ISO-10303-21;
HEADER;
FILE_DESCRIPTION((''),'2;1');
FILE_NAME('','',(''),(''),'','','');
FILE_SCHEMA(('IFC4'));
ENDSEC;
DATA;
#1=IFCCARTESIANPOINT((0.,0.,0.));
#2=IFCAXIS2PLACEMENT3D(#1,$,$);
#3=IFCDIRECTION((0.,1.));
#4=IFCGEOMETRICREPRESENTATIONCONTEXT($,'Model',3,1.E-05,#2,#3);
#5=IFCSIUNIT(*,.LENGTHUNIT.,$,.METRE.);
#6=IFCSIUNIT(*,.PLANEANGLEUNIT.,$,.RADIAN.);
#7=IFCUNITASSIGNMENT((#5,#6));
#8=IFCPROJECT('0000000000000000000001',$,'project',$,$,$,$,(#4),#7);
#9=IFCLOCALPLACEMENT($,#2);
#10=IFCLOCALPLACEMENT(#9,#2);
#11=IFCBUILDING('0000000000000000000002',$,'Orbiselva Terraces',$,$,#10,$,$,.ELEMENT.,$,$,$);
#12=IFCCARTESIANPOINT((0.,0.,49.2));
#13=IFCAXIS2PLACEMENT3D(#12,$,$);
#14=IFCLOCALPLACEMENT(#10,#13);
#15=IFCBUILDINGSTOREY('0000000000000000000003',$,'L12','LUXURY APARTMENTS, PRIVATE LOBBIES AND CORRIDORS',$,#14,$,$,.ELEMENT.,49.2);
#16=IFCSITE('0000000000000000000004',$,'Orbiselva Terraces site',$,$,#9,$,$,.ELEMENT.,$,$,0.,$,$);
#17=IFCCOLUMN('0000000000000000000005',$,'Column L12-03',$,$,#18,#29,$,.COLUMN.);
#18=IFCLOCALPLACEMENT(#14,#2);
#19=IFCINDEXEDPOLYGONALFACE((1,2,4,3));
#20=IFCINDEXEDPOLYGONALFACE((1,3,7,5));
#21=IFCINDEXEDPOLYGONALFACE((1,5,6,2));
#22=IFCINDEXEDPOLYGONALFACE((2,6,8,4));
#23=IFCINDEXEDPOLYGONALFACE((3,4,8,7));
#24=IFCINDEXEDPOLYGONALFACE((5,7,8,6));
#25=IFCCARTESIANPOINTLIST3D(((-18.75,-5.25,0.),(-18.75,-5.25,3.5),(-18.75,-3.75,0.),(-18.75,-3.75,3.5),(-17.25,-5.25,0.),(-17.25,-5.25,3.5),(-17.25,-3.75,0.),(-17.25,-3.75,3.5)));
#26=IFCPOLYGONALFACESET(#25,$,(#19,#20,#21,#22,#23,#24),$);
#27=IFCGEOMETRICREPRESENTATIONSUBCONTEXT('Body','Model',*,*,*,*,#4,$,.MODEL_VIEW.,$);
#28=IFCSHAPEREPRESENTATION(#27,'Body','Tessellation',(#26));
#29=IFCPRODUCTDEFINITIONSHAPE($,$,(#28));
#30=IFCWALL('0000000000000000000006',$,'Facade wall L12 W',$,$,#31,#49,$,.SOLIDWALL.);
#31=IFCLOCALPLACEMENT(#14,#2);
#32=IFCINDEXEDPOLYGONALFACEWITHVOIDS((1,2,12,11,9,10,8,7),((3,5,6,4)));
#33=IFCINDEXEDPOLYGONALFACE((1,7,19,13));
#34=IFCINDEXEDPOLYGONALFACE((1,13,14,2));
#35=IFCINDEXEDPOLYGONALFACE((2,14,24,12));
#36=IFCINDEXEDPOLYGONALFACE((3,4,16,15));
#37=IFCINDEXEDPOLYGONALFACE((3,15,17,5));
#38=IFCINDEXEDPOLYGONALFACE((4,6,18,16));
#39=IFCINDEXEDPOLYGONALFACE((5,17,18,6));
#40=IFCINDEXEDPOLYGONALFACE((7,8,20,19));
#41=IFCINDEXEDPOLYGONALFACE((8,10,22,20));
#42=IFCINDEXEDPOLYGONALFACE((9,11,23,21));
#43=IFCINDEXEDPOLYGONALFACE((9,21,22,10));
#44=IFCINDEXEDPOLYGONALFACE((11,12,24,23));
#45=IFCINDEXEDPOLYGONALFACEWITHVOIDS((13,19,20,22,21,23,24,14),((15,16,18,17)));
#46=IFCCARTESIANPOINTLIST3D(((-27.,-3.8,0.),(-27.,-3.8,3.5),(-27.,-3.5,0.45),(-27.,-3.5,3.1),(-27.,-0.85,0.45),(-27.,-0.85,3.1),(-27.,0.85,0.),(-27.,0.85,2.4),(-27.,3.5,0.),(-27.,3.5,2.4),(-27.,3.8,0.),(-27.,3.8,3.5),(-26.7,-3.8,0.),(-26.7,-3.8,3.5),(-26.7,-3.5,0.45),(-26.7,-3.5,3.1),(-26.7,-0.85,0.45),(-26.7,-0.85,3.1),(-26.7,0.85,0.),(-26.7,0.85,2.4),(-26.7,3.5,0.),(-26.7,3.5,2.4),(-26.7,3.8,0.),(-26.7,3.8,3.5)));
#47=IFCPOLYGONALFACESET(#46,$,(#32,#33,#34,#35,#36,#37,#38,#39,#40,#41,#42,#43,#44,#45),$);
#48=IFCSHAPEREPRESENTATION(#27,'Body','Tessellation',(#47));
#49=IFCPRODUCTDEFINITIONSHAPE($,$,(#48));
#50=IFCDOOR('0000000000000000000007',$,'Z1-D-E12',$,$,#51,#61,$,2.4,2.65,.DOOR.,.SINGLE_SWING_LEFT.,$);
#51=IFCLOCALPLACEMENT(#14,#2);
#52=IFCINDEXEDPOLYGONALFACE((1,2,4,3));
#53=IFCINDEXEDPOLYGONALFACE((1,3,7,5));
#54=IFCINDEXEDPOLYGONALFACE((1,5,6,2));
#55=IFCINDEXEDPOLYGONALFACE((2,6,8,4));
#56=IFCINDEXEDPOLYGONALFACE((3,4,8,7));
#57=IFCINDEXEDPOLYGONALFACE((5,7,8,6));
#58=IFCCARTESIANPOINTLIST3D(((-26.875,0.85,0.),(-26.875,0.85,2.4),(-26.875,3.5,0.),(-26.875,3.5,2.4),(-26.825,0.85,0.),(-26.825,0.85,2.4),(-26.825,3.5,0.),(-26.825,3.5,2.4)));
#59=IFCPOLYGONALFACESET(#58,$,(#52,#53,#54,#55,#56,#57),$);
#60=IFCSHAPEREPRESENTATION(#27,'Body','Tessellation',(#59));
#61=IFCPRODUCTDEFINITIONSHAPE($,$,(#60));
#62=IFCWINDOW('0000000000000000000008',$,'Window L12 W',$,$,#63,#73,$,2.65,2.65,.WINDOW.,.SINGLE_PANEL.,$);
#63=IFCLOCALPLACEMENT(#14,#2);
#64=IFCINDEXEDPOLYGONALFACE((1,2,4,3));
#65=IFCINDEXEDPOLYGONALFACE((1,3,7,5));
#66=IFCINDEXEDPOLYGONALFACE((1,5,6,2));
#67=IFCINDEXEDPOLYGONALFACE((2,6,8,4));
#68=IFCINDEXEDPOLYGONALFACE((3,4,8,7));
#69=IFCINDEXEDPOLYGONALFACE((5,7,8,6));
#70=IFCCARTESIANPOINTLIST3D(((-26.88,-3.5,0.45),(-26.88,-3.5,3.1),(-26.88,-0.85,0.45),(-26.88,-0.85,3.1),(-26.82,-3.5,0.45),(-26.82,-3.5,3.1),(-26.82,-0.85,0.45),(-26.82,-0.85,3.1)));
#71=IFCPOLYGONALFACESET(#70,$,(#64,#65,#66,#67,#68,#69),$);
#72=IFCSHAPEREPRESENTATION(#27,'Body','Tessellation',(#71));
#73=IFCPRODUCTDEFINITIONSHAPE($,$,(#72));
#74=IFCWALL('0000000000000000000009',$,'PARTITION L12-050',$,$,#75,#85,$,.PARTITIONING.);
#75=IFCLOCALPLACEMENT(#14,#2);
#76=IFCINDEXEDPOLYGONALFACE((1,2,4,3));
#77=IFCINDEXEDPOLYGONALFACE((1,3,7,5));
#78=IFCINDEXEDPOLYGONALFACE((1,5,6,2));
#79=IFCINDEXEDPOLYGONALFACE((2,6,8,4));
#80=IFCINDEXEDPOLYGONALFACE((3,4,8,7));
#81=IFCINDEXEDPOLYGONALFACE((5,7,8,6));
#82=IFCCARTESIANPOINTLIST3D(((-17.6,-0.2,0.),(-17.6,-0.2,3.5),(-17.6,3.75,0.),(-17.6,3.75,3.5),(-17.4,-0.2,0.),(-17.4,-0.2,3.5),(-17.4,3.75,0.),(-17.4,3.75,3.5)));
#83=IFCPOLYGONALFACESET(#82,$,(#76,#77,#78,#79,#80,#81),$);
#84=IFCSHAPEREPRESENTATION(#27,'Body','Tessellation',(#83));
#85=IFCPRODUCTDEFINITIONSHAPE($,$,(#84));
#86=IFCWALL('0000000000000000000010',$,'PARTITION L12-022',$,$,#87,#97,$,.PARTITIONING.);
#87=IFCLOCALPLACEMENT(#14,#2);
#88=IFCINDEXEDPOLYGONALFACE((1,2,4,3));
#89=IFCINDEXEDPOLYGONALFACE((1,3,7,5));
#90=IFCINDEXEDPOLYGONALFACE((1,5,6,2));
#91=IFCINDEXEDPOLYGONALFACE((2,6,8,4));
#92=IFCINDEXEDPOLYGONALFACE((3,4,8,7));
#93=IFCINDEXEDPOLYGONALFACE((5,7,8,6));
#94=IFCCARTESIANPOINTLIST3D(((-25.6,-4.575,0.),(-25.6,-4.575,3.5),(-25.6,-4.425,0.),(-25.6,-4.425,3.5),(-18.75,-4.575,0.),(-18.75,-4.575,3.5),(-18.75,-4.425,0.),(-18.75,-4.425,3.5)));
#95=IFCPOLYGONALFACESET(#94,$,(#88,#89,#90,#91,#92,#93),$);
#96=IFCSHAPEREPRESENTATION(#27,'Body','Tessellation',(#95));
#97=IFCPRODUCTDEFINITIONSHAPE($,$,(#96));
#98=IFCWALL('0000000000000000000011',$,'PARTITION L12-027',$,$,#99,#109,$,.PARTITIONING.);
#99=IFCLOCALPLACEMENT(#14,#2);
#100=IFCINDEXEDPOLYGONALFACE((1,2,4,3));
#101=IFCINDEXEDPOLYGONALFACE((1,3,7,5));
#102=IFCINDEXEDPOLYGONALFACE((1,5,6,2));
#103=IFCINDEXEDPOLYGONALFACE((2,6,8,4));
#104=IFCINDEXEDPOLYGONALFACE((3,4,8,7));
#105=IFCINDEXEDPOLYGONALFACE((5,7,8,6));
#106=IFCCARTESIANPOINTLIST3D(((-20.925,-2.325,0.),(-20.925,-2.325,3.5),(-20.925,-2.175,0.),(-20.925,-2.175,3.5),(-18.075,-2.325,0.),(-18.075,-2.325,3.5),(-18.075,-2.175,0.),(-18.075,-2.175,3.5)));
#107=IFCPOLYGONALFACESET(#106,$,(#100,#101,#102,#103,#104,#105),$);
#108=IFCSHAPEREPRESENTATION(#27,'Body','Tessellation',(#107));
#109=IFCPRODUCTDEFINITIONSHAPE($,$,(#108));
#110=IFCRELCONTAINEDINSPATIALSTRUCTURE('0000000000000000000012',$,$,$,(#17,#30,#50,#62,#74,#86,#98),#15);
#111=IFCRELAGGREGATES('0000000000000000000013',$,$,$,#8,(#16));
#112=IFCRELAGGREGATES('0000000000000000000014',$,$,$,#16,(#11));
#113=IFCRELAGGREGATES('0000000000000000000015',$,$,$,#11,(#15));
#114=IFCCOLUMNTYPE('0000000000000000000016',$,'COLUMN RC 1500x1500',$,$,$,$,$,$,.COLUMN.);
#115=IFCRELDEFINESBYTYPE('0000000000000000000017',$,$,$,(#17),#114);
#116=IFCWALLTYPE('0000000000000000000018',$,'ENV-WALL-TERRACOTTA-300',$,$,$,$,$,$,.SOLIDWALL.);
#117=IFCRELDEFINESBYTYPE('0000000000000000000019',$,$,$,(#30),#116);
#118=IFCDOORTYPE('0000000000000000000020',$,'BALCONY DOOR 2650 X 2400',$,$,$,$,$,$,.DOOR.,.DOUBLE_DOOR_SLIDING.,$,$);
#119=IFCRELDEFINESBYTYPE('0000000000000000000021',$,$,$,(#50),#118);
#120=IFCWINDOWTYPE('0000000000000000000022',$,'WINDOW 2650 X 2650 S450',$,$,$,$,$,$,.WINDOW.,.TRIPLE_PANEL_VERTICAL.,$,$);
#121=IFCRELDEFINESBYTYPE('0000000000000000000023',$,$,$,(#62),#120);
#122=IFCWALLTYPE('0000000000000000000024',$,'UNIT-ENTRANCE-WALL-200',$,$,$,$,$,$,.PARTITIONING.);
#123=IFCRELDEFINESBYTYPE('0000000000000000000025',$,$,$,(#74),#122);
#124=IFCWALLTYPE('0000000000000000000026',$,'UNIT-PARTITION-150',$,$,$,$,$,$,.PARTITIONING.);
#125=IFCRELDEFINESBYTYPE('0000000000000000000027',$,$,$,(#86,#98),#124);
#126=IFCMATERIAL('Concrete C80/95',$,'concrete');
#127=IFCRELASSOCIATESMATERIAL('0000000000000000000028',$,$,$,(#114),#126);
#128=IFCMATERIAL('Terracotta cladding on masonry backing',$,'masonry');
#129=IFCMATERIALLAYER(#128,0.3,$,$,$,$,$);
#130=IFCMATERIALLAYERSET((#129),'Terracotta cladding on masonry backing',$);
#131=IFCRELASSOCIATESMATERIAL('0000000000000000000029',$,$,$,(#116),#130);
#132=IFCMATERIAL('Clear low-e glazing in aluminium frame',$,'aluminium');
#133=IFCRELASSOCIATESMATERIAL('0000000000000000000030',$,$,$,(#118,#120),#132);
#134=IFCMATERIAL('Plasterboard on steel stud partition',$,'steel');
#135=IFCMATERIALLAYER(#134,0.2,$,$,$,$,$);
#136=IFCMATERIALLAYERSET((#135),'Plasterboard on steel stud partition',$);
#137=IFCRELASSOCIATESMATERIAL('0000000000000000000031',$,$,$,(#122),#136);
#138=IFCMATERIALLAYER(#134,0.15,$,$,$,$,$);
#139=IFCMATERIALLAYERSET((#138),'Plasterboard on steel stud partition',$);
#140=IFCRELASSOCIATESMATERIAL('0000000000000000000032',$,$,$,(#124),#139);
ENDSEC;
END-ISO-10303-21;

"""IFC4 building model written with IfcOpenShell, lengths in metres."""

from ifc_helpers import new_model, si_unit, direction, frame, frame_2d, origin, origin_2d, place, context, subcontext, project, spatial, rectangle, extrude, material, layer, layer_set, material_profile, profile_set, type_object, element, fill, save


model = new_model("IFC4")

# Units and contexts
model_context = context("Model", 3, precision=1e-05, world=origin(), true_north=direction((0.0, 1.0)))
body_context = subcontext(model_context, "Body", "Model", "MODEL_VIEW")
ifc_project = project(units=[si_unit("LENGTHUNIT", "METRE"), si_unit("PLANEANGLEUNIT", "RADIAN")], contexts=[model_context])

# Site, building, storey
site_placement = place(None, origin())
site = spatial("IfcSite", under=ifc_project, at=site_placement, Name="Orbiselva Terraces site", CompositionType="ELEMENT", RefElevation=0.0)
building_placement = place(site_placement, origin())
building = spatial("IfcBuilding", under=site, at=building_placement, Name="Orbiselva Terraces", CompositionType="ELEMENT")
storey_placement = place(building_placement, frame((0.0, 0.0, 49.2)))
storey = spatial("IfcBuildingStorey", under=building, at=storey_placement, Name="L12", Description="LUXURY APARTMENTS, PRIVATE LOBBIES AND CORRIDORS", CompositionType="ELEMENT", Elevation=49.2)

# Column
ifc_material_1 = material(Name="Concrete C80/95", Category="concrete")
ifc_material_profile = material_profile(ifc_material_1, rectangle(XDim=1.5, YDim=1.5, at=origin_2d()), Name="RC 1500x1500")
ifc_profile_set = profile_set([ifc_material_profile], Name="Concrete C80/95")
column_type = type_object("IfcColumnType", Name="COLUMN RC 1500x1500", PredefinedType="COLUMN", material=ifc_profile_set)
column_placement = place(storey_placement, frame((-18.0, -4.5, 0.0), z_axis=(0.0, 0.0, 1.0), x_axis=(1.0, 0.0, 0.0)))
element("IfcColumn", 1, at=column_placement, inside=storey, type_object=column_type, Name="Column L12-03", PredefinedType="COLUMN", context=body_context, shape_type="SweptSolid", body=[
    extrude(rectangle(XDim=1.5, YDim=1.5, at=origin_2d()), origin(), (0.0, 0.0, 1.0), 3.5),
])

# Wall, openings, door, window
ifc_material_2 = material(Name="Terracotta cladding on masonry backing", Category="masonry")
ifc_layer_1 = layer(ifc_material_2, 0.3)
ifc_layer_set_1 = layer_set([ifc_layer_1], Name="Terracotta cladding on masonry backing")
wall_type_1 = type_object("IfcWallType", Name="ENV-WALL-TERRACOTTA-300", PredefinedType="SOLIDWALL", material=ifc_layer_set_1)
wall_1_placement = place(storey_placement, frame((-26.85, -3.8, 0.0), z_axis=(0.0, 0.0, 1.0), x_axis=(0.0, 1.0, 0.0)))
wall_1 = element("IfcWall", 2, at=wall_1_placement, inside=storey, type_object=wall_type_1, Name="Facade wall L12 W", PredefinedType="SOLIDWALL", context=body_context, shape_type="SweptSolid", body=[
    extrude(rectangle(XDim=7.6, YDim=0.3, at=frame_2d((3.8, 0.0))), origin(), (0.0, 0.0, 1.0), 3.5),
])
opening_1_placement = place(wall_1_placement, frame((4.65, 0.0, 0.0)))
opening_1 = element("IfcOpeningElement", 3, at=opening_1_placement, cuts=wall_1, PredefinedType="OPENING", context=body_context, shape_type="SweptSolid", body=[
    extrude(rectangle(XDim=2.65, YDim=2.4, at=frame_2d((1.325, 1.2))), frame((0.0, 0.16, 0.0), z_axis=(0.0, -1.0, 0.0), x_axis=(1.0, 0.0, 0.0)), (0.0, 0.0, 1.0), 0.32),
])
opening_2_placement = place(wall_1_placement, frame((0.3, 0.0, 0.45)))
opening_2 = element("IfcOpeningElement", 4, at=opening_2_placement, cuts=wall_1, PredefinedType="OPENING", context=body_context, shape_type="SweptSolid", body=[
    extrude(rectangle(XDim=2.65, YDim=2.65, at=frame_2d((1.325, 1.325))), frame((0.0, 0.16, 0.0), z_axis=(0.0, -1.0, 0.0), x_axis=(1.0, 0.0, 0.0)), (0.0, 0.0, 1.0), 0.32),
])
ifc_material_3 = material(Name="Clear low-e glazing in aluminium frame", Category="aluminium")
door_type_1 = type_object("IfcDoorType", Name="BALCONY DOOR 2650 X 2400", OperationType="DOUBLE_DOOR_SLIDING", PredefinedType="DOOR", material=ifc_material_3)
door_1_placement = place(opening_1_placement, origin())
door_1 = element("IfcDoor", 5, at=door_1_placement, inside=storey, type_object=door_type_1, Name="Z1-D-E12", OperationType="SINGLE_SWING_LEFT", OverallHeight=2.4, OverallWidth=2.65, PredefinedType="DOOR", context=body_context, shape_type="SweptSolid", body=[
    extrude(rectangle(XDim=2.65, YDim=2.4, at=frame_2d((1.325, 1.2))), frame((0.0, 0.025, 0.0), z_axis=(0.0, -1.0, 0.0), x_axis=(1.0, 0.0, 0.0)), (0.0, 0.0, 1.0), 0.05),
])
fill(opening_1, door_1)
window_type = type_object("IfcWindowType", Name="WINDOW 2650 X 2650 S450", PartitioningType="TRIPLE_PANEL_VERTICAL", PredefinedType="WINDOW", material=ifc_material_3)
window_placement = place(opening_2_placement, origin())
window = element("IfcWindow", 6, at=window_placement, inside=storey, type_object=window_type, Name="Window L12 W", OverallHeight=2.65, OverallWidth=2.65, PartitioningType="SINGLE_PANEL", PredefinedType="WINDOW", context=body_context, shape_type="SweptSolid", body=[
    extrude(rectangle(XDim=2.65, YDim=2.65, at=frame_2d((1.325, 1.325))), frame((0.0, 0.03, 0.0), z_axis=(0.0, -1.0, 0.0), x_axis=(1.0, 0.0, 0.0)), (0.0, 0.0, 1.0), 0.06),
])
fill(opening_2, window)

# Walls
ifc_material_4 = material(Name="Plasterboard on steel stud partition", Category="steel")
ifc_layer_2 = layer(ifc_material_4, 0.2)
ifc_layer_set_2 = layer_set([ifc_layer_2], Name="Plasterboard on steel stud partition")
wall_type_2 = type_object("IfcWallType", Name="UNIT-ENTRANCE-WALL-200", PredefinedType="PARTITIONING", material=ifc_layer_set_2)
wall_2_placement = place(storey_placement, frame((-17.5, -0.2, 0.0), z_axis=(0.0, 0.0, 1.0), x_axis=(0.0, 1.0, 0.0)))
element("IfcWall", 7, at=wall_2_placement, inside=storey, type_object=wall_type_2, Name="PARTITION L12-050", PredefinedType="PARTITIONING", context=body_context, shape_type="SweptSolid", body=[
    extrude(rectangle(XDim=3.95, YDim=0.2, at=frame_2d((1.975, 0.0))), origin(), (0.0, 0.0, 1.0), 3.5),
])
ifc_layer_3 = layer(ifc_material_4, 0.15)
ifc_layer_set_3 = layer_set([ifc_layer_3], Name="Plasterboard on steel stud partition")
wall_type_3 = type_object("IfcWallType", Name="UNIT-PARTITION-150", PredefinedType="PARTITIONING", material=ifc_layer_set_3)
wall_3_placement = place(storey_placement, frame((-25.6, -4.5, 0.0), z_axis=(0.0, 0.0, 1.0), x_axis=(1.0, 0.0, 0.0)))
element("IfcWall", 8, at=wall_3_placement, inside=storey, type_object=wall_type_3, Name="PARTITION L12-022", PredefinedType="PARTITIONING", context=body_context, shape_type="SweptSolid", body=[
    extrude(rectangle(XDim=6.85, YDim=0.15, at=frame_2d((3.425, 0.0))), origin(), (0.0, 0.0, 1.0), 3.5),
])
wall_4_placement = place(storey_placement, frame((-20.925, -2.25, 0.0), z_axis=(0.0, 0.0, 1.0), x_axis=(1.0, 0.0, 0.0)))
element("IfcWall", 9, at=wall_4_placement, inside=storey, type_object=wall_type_3, Name="PARTITION L12-027", PredefinedType="PARTITIONING", context=body_context, shape_type="SweptSolid", body=[
    extrude(rectangle(XDim=2.85, YDim=0.15, at=frame_2d((1.425, 0.0))), origin(), (0.0, 0.0, 1.0), 3.5),
])

save(model, "model.ifc")
